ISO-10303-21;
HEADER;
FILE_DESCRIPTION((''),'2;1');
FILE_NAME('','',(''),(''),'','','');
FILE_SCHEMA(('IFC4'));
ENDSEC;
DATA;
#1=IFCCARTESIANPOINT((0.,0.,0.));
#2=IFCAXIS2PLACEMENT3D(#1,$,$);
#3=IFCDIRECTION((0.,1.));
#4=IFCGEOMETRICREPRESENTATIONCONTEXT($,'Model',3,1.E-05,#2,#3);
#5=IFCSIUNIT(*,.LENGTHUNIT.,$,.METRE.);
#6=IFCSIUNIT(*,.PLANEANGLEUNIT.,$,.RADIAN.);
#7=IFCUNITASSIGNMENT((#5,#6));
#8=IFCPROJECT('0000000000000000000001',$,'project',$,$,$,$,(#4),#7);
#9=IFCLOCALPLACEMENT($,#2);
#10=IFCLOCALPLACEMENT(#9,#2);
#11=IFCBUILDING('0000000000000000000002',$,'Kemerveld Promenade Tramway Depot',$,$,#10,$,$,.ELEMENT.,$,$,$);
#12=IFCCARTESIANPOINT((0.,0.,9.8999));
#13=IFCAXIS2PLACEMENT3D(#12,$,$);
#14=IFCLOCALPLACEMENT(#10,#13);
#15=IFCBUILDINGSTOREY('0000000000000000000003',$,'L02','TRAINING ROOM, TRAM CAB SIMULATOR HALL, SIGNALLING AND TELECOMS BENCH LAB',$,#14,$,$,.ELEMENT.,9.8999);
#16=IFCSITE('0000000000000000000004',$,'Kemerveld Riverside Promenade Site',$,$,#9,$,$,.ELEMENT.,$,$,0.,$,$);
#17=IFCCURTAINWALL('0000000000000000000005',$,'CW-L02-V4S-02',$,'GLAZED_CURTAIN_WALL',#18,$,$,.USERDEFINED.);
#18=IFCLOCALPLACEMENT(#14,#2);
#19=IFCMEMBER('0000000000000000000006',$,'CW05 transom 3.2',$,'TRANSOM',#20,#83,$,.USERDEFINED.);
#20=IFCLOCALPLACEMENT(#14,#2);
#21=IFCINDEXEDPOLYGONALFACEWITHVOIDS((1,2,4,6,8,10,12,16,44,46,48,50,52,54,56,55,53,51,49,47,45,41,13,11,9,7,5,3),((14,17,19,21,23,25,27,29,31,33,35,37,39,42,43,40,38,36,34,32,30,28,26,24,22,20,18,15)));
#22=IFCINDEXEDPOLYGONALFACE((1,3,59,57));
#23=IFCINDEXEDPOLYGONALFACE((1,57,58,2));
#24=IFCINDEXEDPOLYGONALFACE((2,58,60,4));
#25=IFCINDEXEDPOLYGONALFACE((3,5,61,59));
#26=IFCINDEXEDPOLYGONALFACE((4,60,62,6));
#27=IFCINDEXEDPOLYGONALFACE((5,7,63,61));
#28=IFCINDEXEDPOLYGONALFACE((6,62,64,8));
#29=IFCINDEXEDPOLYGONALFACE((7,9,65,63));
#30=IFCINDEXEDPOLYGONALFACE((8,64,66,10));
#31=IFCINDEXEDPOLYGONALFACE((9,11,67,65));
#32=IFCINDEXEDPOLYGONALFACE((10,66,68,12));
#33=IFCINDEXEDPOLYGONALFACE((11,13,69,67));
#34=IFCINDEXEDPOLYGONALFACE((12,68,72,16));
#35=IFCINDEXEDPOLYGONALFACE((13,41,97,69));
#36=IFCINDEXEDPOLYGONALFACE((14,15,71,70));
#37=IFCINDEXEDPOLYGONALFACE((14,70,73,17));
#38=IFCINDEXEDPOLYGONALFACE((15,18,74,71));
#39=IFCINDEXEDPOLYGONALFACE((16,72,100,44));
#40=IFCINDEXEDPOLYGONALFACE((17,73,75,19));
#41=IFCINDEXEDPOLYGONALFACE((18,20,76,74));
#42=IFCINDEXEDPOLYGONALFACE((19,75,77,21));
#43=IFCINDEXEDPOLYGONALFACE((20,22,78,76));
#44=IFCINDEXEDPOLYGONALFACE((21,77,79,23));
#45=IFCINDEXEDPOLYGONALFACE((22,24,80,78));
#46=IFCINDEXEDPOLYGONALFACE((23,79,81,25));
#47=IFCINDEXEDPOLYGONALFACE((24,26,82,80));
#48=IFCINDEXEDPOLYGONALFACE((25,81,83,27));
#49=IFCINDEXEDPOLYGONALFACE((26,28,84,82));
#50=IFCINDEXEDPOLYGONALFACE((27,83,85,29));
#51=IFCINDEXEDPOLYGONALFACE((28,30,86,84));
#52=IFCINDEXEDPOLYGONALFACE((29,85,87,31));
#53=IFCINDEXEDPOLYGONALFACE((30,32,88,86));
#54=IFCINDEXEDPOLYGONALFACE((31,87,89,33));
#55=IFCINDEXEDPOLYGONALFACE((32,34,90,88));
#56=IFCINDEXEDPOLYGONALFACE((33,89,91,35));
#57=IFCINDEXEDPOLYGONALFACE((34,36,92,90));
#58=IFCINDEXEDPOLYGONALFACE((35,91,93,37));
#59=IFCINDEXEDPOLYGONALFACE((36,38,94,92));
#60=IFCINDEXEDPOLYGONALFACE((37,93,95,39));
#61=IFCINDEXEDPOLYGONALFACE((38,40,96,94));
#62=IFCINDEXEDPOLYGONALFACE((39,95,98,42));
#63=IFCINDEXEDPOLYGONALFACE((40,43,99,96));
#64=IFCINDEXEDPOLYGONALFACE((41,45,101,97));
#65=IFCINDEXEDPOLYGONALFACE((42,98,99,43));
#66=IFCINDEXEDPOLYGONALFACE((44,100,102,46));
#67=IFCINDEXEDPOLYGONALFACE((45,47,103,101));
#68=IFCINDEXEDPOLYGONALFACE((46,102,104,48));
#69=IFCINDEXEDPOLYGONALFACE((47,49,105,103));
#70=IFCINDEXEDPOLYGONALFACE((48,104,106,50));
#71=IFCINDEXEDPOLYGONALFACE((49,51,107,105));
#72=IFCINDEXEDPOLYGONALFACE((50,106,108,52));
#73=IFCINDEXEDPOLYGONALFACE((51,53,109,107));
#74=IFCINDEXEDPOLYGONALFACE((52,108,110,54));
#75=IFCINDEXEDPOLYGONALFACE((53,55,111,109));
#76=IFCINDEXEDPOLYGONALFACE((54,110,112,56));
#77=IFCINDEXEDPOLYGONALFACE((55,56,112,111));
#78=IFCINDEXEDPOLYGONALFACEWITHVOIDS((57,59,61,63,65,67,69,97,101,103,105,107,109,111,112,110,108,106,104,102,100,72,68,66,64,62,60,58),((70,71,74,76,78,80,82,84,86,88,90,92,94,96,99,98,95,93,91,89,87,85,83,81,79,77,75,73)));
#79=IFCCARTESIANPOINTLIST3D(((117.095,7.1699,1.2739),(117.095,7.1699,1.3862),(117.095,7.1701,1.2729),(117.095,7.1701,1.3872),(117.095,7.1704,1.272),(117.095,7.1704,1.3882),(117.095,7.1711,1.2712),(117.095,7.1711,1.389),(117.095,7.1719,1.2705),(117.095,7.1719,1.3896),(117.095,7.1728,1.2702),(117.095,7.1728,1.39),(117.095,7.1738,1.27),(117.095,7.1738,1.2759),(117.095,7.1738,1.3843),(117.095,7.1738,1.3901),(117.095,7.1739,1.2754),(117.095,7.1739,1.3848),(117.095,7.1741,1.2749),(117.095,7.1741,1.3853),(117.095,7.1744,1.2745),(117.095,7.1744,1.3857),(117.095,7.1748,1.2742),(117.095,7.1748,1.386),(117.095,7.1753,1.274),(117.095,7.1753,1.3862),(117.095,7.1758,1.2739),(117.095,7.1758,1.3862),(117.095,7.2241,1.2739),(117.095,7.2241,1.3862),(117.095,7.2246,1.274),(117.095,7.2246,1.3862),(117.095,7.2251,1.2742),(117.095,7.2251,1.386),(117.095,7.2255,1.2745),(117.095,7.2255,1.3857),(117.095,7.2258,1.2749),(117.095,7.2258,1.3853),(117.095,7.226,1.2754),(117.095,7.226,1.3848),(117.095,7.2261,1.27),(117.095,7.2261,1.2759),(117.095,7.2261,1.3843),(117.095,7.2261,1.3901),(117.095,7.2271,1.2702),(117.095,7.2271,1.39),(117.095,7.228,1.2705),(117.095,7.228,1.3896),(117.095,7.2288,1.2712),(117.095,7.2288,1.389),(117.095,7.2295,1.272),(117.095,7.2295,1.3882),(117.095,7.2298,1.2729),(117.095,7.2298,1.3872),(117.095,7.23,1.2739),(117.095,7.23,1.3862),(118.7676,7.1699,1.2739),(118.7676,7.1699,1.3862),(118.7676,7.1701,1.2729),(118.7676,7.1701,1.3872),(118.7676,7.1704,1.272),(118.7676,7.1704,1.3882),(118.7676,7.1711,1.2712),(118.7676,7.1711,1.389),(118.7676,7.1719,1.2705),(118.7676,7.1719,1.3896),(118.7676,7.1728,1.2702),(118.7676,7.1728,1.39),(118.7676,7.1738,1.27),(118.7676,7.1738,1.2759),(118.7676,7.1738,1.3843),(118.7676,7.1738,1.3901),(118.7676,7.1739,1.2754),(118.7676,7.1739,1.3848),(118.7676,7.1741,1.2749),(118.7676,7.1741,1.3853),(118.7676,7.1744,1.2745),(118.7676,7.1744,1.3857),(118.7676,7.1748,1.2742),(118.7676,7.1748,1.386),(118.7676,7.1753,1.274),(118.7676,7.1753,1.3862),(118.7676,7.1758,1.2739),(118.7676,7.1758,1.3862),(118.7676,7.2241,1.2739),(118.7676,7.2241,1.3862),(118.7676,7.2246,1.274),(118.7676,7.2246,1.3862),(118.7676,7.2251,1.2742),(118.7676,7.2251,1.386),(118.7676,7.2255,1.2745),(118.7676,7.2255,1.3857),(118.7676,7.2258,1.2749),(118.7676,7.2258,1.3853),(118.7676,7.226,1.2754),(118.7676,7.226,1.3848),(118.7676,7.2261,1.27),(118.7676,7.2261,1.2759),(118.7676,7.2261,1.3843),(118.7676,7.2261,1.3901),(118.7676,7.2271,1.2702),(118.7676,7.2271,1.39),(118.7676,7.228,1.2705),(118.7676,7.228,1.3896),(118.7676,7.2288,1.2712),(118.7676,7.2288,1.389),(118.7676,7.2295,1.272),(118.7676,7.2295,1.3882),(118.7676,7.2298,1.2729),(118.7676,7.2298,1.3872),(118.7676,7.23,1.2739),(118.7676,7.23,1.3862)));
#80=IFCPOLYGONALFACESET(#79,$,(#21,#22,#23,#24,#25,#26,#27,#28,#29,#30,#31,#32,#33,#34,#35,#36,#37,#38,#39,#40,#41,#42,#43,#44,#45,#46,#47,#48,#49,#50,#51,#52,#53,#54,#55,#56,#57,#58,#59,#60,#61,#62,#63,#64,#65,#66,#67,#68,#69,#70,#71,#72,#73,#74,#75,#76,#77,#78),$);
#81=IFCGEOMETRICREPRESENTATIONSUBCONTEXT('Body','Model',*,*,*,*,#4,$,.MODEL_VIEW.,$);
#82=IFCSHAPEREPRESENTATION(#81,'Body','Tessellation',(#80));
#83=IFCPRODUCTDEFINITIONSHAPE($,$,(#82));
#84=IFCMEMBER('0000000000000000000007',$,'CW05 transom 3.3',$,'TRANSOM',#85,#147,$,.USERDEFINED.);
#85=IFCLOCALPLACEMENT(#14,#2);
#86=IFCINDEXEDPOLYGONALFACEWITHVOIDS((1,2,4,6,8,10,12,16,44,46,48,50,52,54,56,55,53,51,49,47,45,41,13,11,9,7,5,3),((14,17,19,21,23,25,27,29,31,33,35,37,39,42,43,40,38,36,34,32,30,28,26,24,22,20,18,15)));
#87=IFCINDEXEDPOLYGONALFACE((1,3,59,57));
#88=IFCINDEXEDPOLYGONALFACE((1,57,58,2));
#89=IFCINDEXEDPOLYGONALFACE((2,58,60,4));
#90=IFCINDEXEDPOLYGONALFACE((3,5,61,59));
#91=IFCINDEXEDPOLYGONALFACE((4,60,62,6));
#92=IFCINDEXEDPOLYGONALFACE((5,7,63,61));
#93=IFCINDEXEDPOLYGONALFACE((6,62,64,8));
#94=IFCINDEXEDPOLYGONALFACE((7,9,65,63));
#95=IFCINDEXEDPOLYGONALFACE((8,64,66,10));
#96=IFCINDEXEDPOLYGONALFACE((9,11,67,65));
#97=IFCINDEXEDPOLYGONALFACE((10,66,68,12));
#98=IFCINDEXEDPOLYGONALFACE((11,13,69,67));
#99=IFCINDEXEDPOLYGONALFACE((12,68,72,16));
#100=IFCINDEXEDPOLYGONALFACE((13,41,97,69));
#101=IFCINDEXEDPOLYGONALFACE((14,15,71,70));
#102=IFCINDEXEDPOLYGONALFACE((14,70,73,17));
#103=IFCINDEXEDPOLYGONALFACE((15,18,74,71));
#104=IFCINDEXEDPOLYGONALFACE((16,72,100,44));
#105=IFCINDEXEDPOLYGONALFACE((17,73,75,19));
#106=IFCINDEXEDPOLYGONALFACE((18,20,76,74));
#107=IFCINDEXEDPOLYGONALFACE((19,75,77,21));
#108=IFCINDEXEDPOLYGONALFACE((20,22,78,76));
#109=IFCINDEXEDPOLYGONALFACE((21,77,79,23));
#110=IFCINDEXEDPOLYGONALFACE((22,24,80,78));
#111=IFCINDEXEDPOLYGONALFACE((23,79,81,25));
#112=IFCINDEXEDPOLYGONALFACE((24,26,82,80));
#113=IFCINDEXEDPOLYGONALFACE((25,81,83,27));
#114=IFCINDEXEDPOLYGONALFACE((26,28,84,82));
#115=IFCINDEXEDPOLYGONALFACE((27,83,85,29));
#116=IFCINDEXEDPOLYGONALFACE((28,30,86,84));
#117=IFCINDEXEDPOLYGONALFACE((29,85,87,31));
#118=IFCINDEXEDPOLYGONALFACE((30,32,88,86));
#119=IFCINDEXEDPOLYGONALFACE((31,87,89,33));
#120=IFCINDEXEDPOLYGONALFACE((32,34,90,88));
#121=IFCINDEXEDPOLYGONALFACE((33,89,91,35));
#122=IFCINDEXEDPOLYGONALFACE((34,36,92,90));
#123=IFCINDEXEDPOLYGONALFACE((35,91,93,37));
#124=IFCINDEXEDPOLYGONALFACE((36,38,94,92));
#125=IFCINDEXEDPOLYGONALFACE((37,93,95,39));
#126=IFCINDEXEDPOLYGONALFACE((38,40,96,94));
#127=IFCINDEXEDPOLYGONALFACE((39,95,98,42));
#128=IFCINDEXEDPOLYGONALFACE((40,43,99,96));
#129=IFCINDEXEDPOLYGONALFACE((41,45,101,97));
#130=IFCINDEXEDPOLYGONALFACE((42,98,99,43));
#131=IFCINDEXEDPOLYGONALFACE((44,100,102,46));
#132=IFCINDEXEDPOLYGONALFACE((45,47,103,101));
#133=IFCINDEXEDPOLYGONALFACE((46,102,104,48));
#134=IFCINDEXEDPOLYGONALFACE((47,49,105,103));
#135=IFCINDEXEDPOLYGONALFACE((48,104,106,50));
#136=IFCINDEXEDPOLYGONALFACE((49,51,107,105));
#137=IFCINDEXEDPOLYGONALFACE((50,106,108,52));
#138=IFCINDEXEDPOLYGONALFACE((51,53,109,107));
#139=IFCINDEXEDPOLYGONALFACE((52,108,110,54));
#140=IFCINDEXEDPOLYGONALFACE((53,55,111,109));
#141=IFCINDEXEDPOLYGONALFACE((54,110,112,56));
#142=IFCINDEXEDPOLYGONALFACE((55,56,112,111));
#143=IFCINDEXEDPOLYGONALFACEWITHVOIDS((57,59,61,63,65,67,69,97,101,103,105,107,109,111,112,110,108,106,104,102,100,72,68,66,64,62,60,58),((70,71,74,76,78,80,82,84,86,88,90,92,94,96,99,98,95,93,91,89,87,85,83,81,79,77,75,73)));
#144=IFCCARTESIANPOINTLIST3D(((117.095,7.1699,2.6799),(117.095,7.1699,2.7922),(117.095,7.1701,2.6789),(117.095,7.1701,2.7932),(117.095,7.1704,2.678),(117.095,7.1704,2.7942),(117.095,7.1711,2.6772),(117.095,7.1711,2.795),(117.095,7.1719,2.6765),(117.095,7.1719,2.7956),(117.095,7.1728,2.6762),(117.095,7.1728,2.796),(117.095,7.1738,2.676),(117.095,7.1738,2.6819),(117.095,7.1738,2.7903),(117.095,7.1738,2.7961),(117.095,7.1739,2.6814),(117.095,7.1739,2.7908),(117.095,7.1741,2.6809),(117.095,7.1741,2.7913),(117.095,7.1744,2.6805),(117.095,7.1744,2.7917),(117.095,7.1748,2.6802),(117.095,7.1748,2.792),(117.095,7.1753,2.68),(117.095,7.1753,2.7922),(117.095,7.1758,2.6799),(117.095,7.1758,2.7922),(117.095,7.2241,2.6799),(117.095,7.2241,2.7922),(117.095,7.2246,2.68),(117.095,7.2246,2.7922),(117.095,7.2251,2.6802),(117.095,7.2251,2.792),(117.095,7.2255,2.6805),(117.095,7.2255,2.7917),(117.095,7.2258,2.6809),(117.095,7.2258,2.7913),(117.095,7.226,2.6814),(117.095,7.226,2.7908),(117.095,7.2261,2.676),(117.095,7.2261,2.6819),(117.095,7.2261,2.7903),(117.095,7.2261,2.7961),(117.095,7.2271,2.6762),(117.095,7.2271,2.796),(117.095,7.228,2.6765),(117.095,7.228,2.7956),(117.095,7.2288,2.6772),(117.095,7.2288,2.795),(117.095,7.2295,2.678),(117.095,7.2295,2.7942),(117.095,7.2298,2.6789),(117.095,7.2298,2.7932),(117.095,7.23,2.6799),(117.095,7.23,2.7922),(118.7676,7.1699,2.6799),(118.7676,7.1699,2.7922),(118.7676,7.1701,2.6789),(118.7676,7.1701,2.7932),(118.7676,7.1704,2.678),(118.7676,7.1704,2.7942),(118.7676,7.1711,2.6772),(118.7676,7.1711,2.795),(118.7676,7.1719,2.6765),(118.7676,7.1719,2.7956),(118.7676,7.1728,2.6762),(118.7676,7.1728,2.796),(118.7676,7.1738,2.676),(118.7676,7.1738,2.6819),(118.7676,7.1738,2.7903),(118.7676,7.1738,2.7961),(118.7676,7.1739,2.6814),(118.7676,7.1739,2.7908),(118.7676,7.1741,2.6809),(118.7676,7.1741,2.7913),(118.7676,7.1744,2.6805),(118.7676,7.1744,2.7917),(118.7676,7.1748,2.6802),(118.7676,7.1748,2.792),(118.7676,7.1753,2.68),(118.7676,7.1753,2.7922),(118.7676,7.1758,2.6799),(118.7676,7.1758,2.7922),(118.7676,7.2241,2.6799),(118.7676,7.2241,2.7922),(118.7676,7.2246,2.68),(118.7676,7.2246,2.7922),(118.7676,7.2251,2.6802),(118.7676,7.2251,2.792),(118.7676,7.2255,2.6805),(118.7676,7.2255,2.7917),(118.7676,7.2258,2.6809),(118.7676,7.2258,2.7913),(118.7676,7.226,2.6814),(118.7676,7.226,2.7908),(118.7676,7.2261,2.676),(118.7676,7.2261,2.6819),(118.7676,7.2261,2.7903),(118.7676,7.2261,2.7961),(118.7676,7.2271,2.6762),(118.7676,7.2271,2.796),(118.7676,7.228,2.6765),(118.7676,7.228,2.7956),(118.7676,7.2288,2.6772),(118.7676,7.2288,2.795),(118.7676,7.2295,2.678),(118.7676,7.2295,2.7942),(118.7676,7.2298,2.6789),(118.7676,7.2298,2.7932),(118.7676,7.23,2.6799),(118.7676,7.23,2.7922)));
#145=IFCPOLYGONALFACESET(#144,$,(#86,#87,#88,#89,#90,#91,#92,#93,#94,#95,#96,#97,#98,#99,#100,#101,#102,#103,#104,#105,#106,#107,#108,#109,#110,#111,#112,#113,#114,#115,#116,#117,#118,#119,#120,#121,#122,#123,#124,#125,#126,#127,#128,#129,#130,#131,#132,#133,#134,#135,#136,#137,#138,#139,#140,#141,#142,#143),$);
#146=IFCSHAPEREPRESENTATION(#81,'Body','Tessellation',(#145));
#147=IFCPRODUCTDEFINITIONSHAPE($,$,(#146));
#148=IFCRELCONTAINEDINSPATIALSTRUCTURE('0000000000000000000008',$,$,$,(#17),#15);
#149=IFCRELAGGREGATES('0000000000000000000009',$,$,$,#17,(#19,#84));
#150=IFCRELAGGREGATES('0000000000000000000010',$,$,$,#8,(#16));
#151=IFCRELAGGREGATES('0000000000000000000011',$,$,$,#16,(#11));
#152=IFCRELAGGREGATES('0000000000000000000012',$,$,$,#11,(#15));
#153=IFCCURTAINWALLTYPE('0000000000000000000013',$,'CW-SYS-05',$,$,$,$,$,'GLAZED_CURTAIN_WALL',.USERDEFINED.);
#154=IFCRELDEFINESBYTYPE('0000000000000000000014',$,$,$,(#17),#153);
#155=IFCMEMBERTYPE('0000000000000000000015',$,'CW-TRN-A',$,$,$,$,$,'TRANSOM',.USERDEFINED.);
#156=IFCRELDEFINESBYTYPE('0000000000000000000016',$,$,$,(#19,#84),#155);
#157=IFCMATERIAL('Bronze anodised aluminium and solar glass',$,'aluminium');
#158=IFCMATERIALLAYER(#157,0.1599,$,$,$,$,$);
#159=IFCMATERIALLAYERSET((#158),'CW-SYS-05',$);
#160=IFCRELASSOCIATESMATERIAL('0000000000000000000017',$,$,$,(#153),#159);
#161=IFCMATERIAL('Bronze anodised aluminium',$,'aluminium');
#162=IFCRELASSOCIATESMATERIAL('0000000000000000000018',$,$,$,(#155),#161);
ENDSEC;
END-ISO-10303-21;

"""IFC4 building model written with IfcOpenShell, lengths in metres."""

from ifc_helpers import new_model, si_unit, direction, frame, origin, origin_2d, place, context, subcontext, project, spatial, hollow_rectangle, extrude, material, layer, layer_set, material_profile, profile_set, type_object, element, aggregate, save


model = new_model("IFC4")

# Units and contexts
model_context = context("Model", 3, precision=1e-05, world=origin(), true_north=direction((0.0, 1.0)))
body_context = subcontext(model_context, "Body", "Model", "MODEL_VIEW")
ifc_project = project(units=[si_unit("LENGTHUNIT", "METRE"), si_unit("PLANEANGLEUNIT", "RADIAN")], contexts=[model_context])

# Site, building, storey
site_placement = place(None, origin())
site = spatial("IfcSite", under=ifc_project, at=site_placement, Name="Kemerveld Riverside Promenade Site", CompositionType="ELEMENT", RefElevation=0.0)
building_placement = place(site_placement, origin())
building = spatial("IfcBuilding", under=site, at=building_placement, Name="Kemerveld Promenade Tramway Depot", CompositionType="ELEMENT")
storey_placement = place(building_placement, frame((0.0, 0.0, 9.8999)))
storey = spatial("IfcBuildingStorey", under=building, at=storey_placement, Name="L02", Description="TRAINING ROOM, TRAM CAB SIMULATOR HALL, SIGNALLING AND TELECOMS BENCH LAB", CompositionType="ELEMENT", Elevation=9.8999)

# Curtain wall, members
ifc_material_1 = material(Name="Bronze anodised aluminium and solar glass", Category="aluminium")
ifc_layer_1 = layer(ifc_material_1, 0.1599)
ifc_layer_set_1 = layer_set([ifc_layer_1], Name="CW-SYS-05")
curtain_wall_type = type_object("IfcCurtainWallType", Name="CW-SYS-05", ElementType="GLAZED_CURTAIN_WALL", PredefinedType="USERDEFINED", material=ifc_layer_set_1)
curtain_wall_placement = place(storey_placement, origin())
curtain_wall = element("IfcCurtainWall", 1, at=curtain_wall_placement, inside=storey, type_object=curtain_wall_type, Name="CW-L02-V4S-02", ObjectType="GLAZED_CURTAIN_WALL", PredefinedType="USERDEFINED")
ifc_material_2 = material(Name="Bronze anodised aluminium", Category="aluminium")
ifc_material_profile_1 = material_profile(ifc_material_2, hollow_rectangle(XDim=0.0601, YDim=0.1201, WallThickness=0.0039, InnerFilletRadius=0.002, OuterFilletRadius=0.0039, at=origin_2d()), Name="CW-TRN-120x60")
ifc_profile_set_1 = profile_set([ifc_material_profile_1], Name="Bronze anodised aluminium")
member_type_1 = type_object("IfcMemberType", Name="CW-TRN-A", ElementType="TRANSOM", PredefinedType="USERDEFINED", material=ifc_profile_set_1)
member_1_placement = place(storey_placement, frame((118.7676, 7.2, 1.3301), z_axis=(-1.0, 0.0, 0.0), x_axis=(0.0, -1.0, 0.0)))
member_1 = element("IfcMember", 2, at=member_1_placement, type_object=member_type_1, Name="CW05 transom 3.2", ObjectType="TRANSOM", PredefinedType="USERDEFINED", context=body_context, shape_type="SweptSolid", body=[
    extrude(hollow_rectangle(XDim=0.0601, YDim=0.1201, WallThickness=0.0039, InnerFilletRadius=0.002, OuterFilletRadius=0.0039, at=origin_2d()), origin(), (0.0, 0.0, 1.0), 1.6726),
])
member_2_placement = place(storey_placement, frame((118.7676, 7.2, 2.7361), z_axis=(-1.0, 0.0, 0.0), x_axis=(0.0, -1.0, 0.0)))
member_2 = element("IfcMember", 3, at=member_2_placement, type_object=member_type_1, Name="CW05 transom 3.3", ObjectType="TRANSOM", PredefinedType="USERDEFINED", context=body_context, shape_type="SweptSolid", body=[
    extrude(hollow_rectangle(XDim=0.0601, YDim=0.1201, WallThickness=0.0039, InnerFilletRadius=0.002, OuterFilletRadius=0.0039, at=origin_2d()), origin(), (0.0, 0.0, 1.0), 1.6726),
])
aggregate(curtain_wall, [member_1, member_2])

save(model, "model.ifc")
